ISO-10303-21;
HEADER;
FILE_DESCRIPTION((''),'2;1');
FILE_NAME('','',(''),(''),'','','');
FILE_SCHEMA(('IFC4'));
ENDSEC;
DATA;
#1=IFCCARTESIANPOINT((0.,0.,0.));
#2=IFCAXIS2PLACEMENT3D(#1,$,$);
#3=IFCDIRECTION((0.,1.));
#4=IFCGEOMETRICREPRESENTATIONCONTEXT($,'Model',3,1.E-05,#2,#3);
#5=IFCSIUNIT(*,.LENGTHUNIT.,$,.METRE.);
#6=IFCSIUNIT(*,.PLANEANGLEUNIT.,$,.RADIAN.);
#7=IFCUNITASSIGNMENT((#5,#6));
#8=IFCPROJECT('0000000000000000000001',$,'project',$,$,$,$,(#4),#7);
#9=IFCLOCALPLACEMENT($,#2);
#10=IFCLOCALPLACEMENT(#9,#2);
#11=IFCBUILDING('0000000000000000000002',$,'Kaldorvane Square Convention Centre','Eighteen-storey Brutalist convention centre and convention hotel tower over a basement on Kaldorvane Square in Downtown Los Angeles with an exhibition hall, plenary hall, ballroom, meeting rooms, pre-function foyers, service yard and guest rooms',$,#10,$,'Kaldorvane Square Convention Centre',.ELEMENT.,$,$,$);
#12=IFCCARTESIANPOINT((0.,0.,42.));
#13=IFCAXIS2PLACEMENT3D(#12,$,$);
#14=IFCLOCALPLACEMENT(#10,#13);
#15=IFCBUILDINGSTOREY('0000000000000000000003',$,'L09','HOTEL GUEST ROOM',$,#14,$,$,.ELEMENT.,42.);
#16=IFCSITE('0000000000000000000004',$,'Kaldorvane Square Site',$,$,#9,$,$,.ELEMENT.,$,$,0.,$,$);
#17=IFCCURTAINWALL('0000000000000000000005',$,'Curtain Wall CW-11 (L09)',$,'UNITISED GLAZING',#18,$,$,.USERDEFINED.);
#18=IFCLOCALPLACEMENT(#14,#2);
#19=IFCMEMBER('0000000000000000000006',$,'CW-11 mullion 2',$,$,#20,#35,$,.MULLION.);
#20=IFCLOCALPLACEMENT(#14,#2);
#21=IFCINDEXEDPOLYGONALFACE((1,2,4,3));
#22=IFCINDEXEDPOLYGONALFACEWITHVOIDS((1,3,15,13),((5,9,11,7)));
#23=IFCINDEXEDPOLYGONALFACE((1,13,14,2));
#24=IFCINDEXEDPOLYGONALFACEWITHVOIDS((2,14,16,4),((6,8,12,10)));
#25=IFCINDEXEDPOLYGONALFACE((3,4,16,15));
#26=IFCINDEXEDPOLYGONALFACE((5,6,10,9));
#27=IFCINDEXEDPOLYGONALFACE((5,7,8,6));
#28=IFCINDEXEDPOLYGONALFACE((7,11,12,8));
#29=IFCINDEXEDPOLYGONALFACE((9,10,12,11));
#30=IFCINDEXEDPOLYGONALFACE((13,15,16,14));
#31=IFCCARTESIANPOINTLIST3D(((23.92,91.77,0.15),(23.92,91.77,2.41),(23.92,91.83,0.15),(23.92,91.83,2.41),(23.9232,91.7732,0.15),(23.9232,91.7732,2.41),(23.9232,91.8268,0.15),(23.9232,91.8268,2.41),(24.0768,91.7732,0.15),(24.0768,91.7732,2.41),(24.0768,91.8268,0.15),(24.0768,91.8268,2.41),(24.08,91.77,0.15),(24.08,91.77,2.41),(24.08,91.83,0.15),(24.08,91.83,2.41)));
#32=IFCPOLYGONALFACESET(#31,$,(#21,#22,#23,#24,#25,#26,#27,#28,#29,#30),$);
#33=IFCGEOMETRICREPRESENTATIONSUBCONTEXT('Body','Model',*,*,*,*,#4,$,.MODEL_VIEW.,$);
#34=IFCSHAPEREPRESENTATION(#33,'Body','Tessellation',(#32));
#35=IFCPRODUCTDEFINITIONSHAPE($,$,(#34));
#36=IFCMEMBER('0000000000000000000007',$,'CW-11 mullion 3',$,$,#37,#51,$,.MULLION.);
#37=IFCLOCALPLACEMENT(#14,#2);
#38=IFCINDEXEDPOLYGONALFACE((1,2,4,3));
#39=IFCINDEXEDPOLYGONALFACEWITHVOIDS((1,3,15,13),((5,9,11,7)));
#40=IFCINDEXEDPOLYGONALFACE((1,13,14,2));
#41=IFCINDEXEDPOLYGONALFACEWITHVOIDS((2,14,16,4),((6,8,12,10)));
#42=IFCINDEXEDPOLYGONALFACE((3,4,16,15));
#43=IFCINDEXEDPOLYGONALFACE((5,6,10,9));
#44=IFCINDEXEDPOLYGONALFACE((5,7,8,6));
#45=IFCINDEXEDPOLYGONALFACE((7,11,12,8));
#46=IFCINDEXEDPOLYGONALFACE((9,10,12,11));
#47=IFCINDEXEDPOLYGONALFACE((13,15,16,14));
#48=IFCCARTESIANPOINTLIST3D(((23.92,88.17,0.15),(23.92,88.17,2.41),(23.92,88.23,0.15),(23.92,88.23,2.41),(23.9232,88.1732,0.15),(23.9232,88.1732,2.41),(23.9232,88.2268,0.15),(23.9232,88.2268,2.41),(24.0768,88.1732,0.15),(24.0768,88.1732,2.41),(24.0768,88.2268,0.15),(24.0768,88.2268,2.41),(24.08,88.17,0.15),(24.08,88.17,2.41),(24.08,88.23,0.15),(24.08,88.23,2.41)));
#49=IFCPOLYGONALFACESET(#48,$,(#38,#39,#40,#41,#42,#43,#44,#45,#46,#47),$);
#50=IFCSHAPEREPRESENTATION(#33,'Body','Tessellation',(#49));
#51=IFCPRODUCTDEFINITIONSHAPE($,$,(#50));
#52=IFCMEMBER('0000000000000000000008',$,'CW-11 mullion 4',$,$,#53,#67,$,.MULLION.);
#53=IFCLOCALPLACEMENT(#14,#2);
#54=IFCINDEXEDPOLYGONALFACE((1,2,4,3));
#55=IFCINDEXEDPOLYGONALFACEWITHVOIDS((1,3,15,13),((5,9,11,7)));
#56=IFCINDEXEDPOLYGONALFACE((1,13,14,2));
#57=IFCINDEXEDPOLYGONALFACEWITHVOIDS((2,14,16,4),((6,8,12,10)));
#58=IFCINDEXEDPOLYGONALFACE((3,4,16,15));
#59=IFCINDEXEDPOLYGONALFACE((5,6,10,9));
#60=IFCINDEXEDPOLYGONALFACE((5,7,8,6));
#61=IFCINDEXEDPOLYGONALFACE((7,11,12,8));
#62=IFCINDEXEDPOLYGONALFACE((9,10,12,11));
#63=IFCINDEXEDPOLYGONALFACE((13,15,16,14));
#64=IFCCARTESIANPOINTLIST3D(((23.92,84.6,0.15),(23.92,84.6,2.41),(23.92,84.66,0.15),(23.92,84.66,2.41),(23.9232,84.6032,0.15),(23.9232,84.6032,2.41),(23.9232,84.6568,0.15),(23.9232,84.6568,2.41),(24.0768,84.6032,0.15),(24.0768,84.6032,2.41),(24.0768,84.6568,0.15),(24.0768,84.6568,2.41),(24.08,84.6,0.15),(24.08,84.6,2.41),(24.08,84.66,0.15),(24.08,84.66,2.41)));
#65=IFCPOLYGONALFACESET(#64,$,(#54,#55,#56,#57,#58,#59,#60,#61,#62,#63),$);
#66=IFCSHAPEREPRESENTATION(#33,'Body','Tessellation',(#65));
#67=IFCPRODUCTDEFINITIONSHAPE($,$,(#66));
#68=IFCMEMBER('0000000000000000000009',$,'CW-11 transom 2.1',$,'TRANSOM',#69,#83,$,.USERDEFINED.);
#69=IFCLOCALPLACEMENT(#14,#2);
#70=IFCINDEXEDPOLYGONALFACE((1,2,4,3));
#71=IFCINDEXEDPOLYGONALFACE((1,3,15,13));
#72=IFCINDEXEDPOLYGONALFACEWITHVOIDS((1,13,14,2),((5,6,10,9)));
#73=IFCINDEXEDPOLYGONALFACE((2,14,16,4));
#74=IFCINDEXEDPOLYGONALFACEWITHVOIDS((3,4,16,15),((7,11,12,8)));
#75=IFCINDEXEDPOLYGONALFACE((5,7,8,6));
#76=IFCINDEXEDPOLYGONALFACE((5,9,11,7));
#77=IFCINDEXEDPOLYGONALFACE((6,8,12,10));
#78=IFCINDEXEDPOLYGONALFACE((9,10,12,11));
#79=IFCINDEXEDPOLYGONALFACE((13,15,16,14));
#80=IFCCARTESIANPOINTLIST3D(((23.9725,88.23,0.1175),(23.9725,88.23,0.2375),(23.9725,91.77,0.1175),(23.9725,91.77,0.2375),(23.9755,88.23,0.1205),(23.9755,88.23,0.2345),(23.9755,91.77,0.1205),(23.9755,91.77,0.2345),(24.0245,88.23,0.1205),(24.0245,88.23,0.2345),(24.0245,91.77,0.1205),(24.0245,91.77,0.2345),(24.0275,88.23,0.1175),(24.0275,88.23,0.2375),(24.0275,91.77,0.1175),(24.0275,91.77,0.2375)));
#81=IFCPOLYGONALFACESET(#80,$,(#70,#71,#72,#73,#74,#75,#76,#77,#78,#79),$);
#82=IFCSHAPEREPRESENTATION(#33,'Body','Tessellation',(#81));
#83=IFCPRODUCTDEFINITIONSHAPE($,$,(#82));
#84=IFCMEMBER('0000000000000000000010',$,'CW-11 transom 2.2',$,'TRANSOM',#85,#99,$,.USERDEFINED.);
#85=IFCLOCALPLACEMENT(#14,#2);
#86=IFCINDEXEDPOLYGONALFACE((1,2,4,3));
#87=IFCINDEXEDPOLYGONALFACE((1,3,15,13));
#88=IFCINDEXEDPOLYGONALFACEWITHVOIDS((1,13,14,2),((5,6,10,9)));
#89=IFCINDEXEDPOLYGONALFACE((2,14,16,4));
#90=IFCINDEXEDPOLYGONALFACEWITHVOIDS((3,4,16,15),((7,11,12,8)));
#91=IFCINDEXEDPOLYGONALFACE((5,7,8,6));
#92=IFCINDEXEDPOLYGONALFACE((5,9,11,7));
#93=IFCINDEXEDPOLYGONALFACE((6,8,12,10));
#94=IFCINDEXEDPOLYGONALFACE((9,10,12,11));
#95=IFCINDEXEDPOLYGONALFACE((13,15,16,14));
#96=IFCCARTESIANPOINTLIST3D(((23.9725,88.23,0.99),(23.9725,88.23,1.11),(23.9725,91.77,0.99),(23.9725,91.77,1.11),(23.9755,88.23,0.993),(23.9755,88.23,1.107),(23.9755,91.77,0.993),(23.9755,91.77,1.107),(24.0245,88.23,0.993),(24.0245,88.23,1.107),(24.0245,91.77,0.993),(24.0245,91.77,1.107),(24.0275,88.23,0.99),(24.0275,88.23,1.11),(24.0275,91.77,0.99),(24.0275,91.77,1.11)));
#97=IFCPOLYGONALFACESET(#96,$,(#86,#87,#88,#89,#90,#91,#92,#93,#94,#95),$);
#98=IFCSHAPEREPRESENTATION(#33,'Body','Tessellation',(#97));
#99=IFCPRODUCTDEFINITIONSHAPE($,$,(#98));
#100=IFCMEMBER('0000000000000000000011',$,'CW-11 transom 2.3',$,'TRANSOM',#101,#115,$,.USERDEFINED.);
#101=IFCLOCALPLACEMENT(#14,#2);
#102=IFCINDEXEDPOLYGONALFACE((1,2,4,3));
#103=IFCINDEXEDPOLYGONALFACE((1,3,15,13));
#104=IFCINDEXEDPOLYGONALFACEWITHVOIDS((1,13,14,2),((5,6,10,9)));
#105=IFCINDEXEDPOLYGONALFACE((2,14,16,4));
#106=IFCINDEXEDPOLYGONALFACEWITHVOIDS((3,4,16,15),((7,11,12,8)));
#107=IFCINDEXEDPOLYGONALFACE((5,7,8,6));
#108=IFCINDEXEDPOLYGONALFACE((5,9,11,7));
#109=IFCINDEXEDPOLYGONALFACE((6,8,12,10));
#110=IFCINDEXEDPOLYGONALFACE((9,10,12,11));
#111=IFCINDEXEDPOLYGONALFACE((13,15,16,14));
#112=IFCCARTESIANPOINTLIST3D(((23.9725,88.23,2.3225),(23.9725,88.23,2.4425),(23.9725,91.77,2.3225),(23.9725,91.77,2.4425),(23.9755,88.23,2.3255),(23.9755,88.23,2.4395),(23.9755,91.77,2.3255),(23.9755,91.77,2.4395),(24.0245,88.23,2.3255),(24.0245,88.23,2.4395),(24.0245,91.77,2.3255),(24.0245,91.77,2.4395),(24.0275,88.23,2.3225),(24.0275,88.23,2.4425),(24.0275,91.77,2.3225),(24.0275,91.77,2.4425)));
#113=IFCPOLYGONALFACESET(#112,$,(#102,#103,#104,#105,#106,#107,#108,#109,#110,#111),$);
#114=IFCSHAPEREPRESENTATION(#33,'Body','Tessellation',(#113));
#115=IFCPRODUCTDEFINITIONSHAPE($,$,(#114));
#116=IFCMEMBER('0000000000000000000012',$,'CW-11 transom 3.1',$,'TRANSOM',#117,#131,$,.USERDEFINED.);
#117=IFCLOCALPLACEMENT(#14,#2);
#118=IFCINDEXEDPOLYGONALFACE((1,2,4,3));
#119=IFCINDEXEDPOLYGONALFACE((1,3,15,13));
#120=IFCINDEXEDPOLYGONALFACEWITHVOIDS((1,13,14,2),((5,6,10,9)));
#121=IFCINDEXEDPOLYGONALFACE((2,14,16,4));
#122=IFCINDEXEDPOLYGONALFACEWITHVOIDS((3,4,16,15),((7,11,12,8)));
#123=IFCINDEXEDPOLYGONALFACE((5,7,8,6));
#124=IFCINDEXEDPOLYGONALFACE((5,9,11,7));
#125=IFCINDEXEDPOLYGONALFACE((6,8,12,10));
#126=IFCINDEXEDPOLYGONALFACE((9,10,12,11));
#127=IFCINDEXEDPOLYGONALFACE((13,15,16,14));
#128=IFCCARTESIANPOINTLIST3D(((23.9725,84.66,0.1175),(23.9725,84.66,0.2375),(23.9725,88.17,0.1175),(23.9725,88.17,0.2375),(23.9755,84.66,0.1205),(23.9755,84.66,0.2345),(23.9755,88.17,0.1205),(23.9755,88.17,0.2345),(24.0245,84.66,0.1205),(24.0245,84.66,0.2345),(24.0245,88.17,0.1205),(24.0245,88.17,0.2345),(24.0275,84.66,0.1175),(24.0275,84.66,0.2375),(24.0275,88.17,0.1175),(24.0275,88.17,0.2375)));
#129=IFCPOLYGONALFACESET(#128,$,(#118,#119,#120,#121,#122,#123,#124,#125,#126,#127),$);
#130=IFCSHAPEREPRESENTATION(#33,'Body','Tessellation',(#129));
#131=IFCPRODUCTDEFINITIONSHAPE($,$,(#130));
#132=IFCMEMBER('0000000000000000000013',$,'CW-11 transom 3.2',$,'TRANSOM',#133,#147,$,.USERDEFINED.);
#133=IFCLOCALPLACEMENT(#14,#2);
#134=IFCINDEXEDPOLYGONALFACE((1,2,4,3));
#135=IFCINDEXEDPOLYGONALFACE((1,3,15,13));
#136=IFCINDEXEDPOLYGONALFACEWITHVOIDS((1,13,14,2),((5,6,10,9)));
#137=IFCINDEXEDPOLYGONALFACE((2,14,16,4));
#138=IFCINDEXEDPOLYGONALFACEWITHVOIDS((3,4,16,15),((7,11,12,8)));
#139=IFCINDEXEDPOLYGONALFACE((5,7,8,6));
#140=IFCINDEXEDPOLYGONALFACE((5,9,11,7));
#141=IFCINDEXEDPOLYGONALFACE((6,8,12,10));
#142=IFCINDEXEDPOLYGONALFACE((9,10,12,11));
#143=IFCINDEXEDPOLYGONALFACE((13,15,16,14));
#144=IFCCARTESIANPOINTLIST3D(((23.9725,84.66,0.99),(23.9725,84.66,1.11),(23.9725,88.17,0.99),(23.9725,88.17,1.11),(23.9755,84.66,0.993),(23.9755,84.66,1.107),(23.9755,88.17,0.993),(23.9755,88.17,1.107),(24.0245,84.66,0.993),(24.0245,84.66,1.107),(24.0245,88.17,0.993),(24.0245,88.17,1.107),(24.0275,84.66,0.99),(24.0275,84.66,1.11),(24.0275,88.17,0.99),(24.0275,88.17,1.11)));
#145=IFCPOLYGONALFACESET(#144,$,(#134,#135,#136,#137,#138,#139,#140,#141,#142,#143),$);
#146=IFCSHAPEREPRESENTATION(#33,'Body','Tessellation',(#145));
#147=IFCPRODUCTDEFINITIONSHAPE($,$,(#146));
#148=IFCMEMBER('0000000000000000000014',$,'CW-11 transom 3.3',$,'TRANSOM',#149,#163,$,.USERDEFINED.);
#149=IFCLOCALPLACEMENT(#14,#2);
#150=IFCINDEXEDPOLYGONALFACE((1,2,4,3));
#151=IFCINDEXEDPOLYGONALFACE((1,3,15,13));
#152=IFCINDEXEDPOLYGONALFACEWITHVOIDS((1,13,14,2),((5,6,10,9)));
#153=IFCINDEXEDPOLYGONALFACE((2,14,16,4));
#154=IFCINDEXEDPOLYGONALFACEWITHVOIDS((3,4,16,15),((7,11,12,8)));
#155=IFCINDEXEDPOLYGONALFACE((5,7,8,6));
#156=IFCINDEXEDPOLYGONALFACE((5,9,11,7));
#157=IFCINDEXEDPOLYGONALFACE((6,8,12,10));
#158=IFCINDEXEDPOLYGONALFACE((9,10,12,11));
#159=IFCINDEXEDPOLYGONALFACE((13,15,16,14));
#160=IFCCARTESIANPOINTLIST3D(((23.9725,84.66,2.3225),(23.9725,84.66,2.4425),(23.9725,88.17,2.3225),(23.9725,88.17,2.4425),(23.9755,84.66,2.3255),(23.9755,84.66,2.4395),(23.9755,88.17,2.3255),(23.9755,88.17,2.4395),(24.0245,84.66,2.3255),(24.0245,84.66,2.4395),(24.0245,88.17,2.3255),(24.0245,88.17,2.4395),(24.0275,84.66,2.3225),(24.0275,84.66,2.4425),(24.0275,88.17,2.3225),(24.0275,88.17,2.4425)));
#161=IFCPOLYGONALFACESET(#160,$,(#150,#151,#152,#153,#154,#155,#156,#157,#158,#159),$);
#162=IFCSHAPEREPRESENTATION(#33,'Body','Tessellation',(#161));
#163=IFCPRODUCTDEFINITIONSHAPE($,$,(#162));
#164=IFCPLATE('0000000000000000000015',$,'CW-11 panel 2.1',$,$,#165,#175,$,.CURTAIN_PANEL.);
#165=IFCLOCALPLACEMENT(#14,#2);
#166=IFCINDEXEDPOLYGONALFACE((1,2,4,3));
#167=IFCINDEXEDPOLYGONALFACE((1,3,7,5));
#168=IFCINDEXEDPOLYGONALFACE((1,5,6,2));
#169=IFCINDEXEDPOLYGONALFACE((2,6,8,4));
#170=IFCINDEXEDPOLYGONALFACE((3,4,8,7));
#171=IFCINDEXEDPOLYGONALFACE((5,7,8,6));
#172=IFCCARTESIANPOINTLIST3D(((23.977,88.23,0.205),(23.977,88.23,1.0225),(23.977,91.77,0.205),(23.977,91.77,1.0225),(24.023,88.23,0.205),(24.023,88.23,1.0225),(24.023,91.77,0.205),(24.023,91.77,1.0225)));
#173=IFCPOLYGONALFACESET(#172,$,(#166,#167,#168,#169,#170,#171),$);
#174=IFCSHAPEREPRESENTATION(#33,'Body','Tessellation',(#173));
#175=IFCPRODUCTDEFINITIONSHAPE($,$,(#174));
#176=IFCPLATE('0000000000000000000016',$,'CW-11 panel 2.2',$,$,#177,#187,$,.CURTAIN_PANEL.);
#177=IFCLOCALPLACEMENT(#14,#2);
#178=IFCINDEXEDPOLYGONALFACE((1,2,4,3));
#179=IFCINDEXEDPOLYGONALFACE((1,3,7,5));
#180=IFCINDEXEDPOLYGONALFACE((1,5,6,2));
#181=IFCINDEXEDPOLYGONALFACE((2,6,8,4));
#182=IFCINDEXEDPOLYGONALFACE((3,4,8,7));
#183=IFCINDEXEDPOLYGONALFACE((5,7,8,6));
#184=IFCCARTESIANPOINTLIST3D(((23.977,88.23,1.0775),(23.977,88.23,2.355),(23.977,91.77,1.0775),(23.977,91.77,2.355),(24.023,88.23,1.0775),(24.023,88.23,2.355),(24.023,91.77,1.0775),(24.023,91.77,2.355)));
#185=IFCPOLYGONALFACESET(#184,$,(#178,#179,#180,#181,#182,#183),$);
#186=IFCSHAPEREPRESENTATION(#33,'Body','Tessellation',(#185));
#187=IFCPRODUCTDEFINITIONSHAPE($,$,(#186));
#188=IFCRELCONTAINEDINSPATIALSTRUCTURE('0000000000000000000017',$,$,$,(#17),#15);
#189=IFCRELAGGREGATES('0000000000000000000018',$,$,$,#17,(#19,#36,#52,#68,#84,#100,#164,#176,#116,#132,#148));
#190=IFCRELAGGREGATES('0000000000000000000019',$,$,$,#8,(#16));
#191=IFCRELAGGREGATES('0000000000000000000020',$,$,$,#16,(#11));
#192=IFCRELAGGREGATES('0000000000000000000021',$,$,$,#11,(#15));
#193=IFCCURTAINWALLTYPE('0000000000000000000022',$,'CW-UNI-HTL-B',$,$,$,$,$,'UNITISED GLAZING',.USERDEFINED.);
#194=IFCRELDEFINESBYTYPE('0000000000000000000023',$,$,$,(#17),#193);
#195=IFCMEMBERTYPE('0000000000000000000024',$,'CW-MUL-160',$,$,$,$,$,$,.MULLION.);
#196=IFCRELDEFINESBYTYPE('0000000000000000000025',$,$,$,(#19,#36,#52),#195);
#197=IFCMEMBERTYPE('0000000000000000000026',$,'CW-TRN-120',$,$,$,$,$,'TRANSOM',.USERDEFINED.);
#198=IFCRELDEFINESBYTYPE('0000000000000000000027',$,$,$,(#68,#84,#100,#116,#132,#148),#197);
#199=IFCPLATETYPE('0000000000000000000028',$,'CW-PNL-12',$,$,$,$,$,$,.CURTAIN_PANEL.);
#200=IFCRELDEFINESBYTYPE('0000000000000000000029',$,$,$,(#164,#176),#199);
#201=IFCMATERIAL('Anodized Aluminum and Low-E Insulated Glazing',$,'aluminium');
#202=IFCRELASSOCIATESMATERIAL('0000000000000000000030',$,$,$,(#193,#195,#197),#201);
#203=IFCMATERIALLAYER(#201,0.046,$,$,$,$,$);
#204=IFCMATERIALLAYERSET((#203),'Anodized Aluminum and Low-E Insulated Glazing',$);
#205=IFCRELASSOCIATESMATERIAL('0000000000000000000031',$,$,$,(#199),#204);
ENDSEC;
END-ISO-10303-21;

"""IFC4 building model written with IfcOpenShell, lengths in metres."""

from ifc_helpers import new_model, si_unit, direction, frame, origin, origin_2d, place, context, subcontext, project, spatial, rectangle, hollow_rectangle, extrude, material, layer, layer_set, material_profile, profile_set, type_object, element, aggregate, save


model = new_model("IFC4")

# Units and contexts
model_context = context("Model", 3, precision=1e-05, world=origin(), true_north=direction((0.0, 1.0)))
body_context = subcontext(model_context, "Body", "Model", "MODEL_VIEW")
ifc_project = project(units=[si_unit("LENGTHUNIT", "METRE"), si_unit("PLANEANGLEUNIT", "RADIAN")], contexts=[model_context])

# Site, building, storey
site_placement = place(None, origin())
site = spatial("IfcSite", under=ifc_project, at=site_placement, Name="Kaldorvane Square Site", CompositionType="ELEMENT", RefElevation=0.0)
building_placement = place(site_placement, origin())
building = spatial("IfcBuilding", under=site, at=building_placement, Name="Kaldorvane Square Convention Centre", Description="Eighteen-storey Brutalist convention centre and convention hotel tower over a basement on Kaldorvane Square in Downtown Los Angeles with an exhibition hall, plenary hall, ballroom, meeting rooms, pre-function foyers, service yard and guest rooms", LongName="Kaldorvane Square Convention Centre", CompositionType="ELEMENT")
storey_placement = place(building_placement, frame((0.0, 0.0, 42.0)))
storey = spatial("IfcBuildingStorey", under=building, at=storey_placement, Name="L09", Description="HOTEL GUEST ROOM", CompositionType="ELEMENT", Elevation=42.0)

# Curtain wall, members, plates
ifc_material_1 = material(Name="Anodized Aluminum and Low-E Insulated Glazing", Category="aluminium")
curtain_wall_type = type_object("IfcCurtainWallType", Name="CW-UNI-HTL-B", ElementType="UNITISED GLAZING", PredefinedType="USERDEFINED", material=ifc_material_1)
curtain_wall_placement = place(storey_placement, origin())
curtain_wall = element("IfcCurtainWall", 1, at=curtain_wall_placement, inside=storey, type_object=curtain_wall_type, Name="Curtain Wall CW-11 (L09)", ObjectType="UNITISED GLAZING", PredefinedType="USERDEFINED")
ifc_material_profile_1 = material_profile(ifc_material_1, hollow_rectangle(XDim=0.06, YDim=0.16, WallThickness=0.0032, at=origin_2d()), Name="CWM-160X60")
ifc_profile_set_1 = profile_set([ifc_material_profile_1], Name="Anodized Aluminum and Low-E Insulated Glazing")
member_type_1 = type_object("IfcMemberType", Name="CW-MUL-160", PredefinedType="MULLION", material=ifc_profile_set_1)
member_1_placement = place(storey_placement, frame((24.0, 91.8, 0.15), z_axis=(0.0, 0.0, 1.0), x_axis=(0.0, -1.0, 0.0)))
member_1 = element("IfcMember", 2, at=member_1_placement, type_object=member_type_1, Name="CW-11 mullion 2", PredefinedType="MULLION", context=body_context, shape_type="SweptSolid", body=[
    extrude(hollow_rectangle(XDim=0.06, YDim=0.16, WallThickness=0.0032, at=origin_2d()), origin(), (0.0, 0.0, 1.0), 2.26),
])
member_2_placement = place(storey_placement, frame((24.0, 88.2, 0.15), z_axis=(0.0, 0.0, 1.0), x_axis=(0.0, -1.0, 0.0)))
member_2 = element("IfcMember", 3, at=member_2_placement, type_object=member_type_1, Name="CW-11 mullion 3", PredefinedType="MULLION", context=body_context, shape_type="SweptSolid", body=[
    extrude(hollow_rectangle(XDim=0.06, YDim=0.16, WallThickness=0.0032, at=origin_2d()), origin(), (0.0, 0.0, 1.0), 2.26),
])
member_3_placement = place(storey_placement, frame((24.0, 84.63, 0.15), z_axis=(0.0, 0.0, 1.0), x_axis=(0.0, -1.0, 0.0)))
member_3 = element("IfcMember", 4, at=member_3_placement, type_object=member_type_1, Name="CW-11 mullion 4", PredefinedType="MULLION", context=body_context, shape_type="SweptSolid", body=[
    extrude(hollow_rectangle(XDim=0.06, YDim=0.16, WallThickness=0.0032, at=origin_2d()), origin(), (0.0, 0.0, 1.0), 2.26),
])
ifc_material_profile_2 = material_profile(ifc_material_1, hollow_rectangle(XDim=0.055, YDim=0.12, WallThickness=0.003, at=origin_2d()), Name="CWT-120X55")
ifc_profile_set_2 = profile_set([ifc_material_profile_2], Name="Anodized Aluminum and Low-E Insulated Glazing")
member_type_2 = type_object("IfcMemberType", Name="CW-TRN-120", ElementType="TRANSOM", PredefinedType="USERDEFINED", material=ifc_profile_set_2)
member_4_placement = place(storey_placement, frame((24.0, 91.77, 0.1775), z_axis=(0.0, -1.0, 0.0), x_axis=(1.0, 0.0, 0.0)))
member_4 = element("IfcMember", 5, at=member_4_placement, type_object=member_type_2, Name="CW-11 transom 2.1", ObjectType="TRANSOM", PredefinedType="USERDEFINED", context=body_context, shape_type="SweptSolid", body=[
    extrude(hollow_rectangle(XDim=0.055, YDim=0.12, WallThickness=0.003, at=origin_2d()), origin(), (0.0, 0.0, 1.0), 3.54),
])
member_5_placement = place(storey_placement, frame((24.0, 91.77, 1.05), z_axis=(0.0, -1.0, 0.0), x_axis=(1.0, 0.0, 0.0)))
member_5 = element("IfcMember", 6, at=member_5_placement, type_object=member_type_2, Name="CW-11 transom 2.2", ObjectType="TRANSOM", PredefinedType="USERDEFINED", context=body_context, shape_type="SweptSolid", body=[
    extrude(hollow_rectangle(XDim=0.055, YDim=0.12, WallThickness=0.003, at=origin_2d()), origin(), (0.0, 0.0, 1.0), 3.54),
])
member_6_placement = place(storey_placement, frame((24.0, 91.77, 2.3825), z_axis=(0.0, -1.0, 0.0), x_axis=(1.0, 0.0, 0.0)))
member_6 = element("IfcMember", 7, at=member_6_placement, type_object=member_type_2, Name="CW-11 transom 2.3", ObjectType="TRANSOM", PredefinedType="USERDEFINED", context=body_context, shape_type="SweptSolid", body=[
    extrude(hollow_rectangle(XDim=0.055, YDim=0.12, WallThickness=0.003, at=origin_2d()), origin(), (0.0, 0.0, 1.0), 3.54),
])
member_7_placement = place(storey_placement, frame((24.0, 88.17, 0.1775), z_axis=(0.0, -1.0, 0.0), x_axis=(1.0, 0.0, 0.0)))
member_7 = element("IfcMember", 8, at=member_7_placement, type_object=member_type_2, Name="CW-11 transom 3.1", ObjectType="TRANSOM", PredefinedType="USERDEFINED", context=body_context, shape_type="SweptSolid", body=[
    extrude(hollow_rectangle(XDim=0.055, YDim=0.12, WallThickness=0.003, at=origin_2d()), origin(), (0.0, 0.0, 1.0), 3.51),
])
member_8_placement = place(storey_placement, frame((24.0, 88.17, 1.05), z_axis=(0.0, -1.0, 0.0), x_axis=(1.0, 0.0, 0.0)))
member_8 = element("IfcMember", 9, at=member_8_placement, type_object=member_type_2, Name="CW-11 transom 3.2", ObjectType="TRANSOM", PredefinedType="USERDEFINED", context=body_context, shape_type="SweptSolid", body=[
    extrude(hollow_rectangle(XDim=0.055, YDim=0.12, WallThickness=0.003, at=origin_2d()), origin(), (0.0, 0.0, 1.0), 3.51),
])
member_9_placement = place(storey_placement, frame((24.0, 88.17, 2.3825), z_axis=(0.0, -1.0, 0.0), x_axis=(1.0, 0.0, 0.0)))
member_9 = element("IfcMember", 10, at=member_9_placement, type_object=member_type_2, Name="CW-11 transom 3.3", ObjectType="TRANSOM", PredefinedType="USERDEFINED", context=body_context, shape_type="SweptSolid", body=[
    extrude(hollow_rectangle(XDim=0.055, YDim=0.12, WallThickness=0.003, at=origin_2d()), origin(), (0.0, 0.0, 1.0), 3.51),
])
ifc_layer_1 = layer(ifc_material_1, 0.046)
ifc_layer_set_1 = layer_set([ifc_layer_1], Name="Anodized Aluminum and Low-E Insulated Glazing")
plate_type = type_object("IfcPlateType", Name="CW-PNL-12", PredefinedType="CURTAIN_PANEL", material=ifc_layer_set_1)
plate_1_placement = place(storey_placement, frame((24.0, 90.0, 0.205), z_axis=(0.0, 0.0, 1.0), x_axis=(0.0, -1.0, 0.0)))
plate_1 = element("IfcPlate", 11, at=plate_1_placement, type_object=plate_type, Name="CW-11 panel 2.1", PredefinedType="CURTAIN_PANEL", context=body_context, shape_type="SweptSolid", body=[
    extrude(rectangle(XDim=3.54, YDim=0.046, at=origin_2d()), origin(), (0.0, 0.0, 1.0), 0.8175),
])
plate_2_placement = place(storey_placement, frame((24.0, 90.0, 1.0775), z_axis=(0.0, 0.0, 1.0), x_axis=(0.0, -1.0, 0.0)))
plate_2 = element("IfcPlate", 12, at=plate_2_placement, type_object=plate_type, Name="CW-11 panel 2.2", PredefinedType="CURTAIN_PANEL", context=body_context, shape_type="SweptSolid", body=[
    extrude(rectangle(XDim=3.54, YDim=0.046, at=origin_2d()), origin(), (0.0, 0.0, 1.0), 1.2775),
])
aggregate(curtain_wall, [member_1, member_2, member_3, member_4, member_5, member_6, plate_1, plate_2, member_7, member_8, member_9])

save(model, "model.ifc")
